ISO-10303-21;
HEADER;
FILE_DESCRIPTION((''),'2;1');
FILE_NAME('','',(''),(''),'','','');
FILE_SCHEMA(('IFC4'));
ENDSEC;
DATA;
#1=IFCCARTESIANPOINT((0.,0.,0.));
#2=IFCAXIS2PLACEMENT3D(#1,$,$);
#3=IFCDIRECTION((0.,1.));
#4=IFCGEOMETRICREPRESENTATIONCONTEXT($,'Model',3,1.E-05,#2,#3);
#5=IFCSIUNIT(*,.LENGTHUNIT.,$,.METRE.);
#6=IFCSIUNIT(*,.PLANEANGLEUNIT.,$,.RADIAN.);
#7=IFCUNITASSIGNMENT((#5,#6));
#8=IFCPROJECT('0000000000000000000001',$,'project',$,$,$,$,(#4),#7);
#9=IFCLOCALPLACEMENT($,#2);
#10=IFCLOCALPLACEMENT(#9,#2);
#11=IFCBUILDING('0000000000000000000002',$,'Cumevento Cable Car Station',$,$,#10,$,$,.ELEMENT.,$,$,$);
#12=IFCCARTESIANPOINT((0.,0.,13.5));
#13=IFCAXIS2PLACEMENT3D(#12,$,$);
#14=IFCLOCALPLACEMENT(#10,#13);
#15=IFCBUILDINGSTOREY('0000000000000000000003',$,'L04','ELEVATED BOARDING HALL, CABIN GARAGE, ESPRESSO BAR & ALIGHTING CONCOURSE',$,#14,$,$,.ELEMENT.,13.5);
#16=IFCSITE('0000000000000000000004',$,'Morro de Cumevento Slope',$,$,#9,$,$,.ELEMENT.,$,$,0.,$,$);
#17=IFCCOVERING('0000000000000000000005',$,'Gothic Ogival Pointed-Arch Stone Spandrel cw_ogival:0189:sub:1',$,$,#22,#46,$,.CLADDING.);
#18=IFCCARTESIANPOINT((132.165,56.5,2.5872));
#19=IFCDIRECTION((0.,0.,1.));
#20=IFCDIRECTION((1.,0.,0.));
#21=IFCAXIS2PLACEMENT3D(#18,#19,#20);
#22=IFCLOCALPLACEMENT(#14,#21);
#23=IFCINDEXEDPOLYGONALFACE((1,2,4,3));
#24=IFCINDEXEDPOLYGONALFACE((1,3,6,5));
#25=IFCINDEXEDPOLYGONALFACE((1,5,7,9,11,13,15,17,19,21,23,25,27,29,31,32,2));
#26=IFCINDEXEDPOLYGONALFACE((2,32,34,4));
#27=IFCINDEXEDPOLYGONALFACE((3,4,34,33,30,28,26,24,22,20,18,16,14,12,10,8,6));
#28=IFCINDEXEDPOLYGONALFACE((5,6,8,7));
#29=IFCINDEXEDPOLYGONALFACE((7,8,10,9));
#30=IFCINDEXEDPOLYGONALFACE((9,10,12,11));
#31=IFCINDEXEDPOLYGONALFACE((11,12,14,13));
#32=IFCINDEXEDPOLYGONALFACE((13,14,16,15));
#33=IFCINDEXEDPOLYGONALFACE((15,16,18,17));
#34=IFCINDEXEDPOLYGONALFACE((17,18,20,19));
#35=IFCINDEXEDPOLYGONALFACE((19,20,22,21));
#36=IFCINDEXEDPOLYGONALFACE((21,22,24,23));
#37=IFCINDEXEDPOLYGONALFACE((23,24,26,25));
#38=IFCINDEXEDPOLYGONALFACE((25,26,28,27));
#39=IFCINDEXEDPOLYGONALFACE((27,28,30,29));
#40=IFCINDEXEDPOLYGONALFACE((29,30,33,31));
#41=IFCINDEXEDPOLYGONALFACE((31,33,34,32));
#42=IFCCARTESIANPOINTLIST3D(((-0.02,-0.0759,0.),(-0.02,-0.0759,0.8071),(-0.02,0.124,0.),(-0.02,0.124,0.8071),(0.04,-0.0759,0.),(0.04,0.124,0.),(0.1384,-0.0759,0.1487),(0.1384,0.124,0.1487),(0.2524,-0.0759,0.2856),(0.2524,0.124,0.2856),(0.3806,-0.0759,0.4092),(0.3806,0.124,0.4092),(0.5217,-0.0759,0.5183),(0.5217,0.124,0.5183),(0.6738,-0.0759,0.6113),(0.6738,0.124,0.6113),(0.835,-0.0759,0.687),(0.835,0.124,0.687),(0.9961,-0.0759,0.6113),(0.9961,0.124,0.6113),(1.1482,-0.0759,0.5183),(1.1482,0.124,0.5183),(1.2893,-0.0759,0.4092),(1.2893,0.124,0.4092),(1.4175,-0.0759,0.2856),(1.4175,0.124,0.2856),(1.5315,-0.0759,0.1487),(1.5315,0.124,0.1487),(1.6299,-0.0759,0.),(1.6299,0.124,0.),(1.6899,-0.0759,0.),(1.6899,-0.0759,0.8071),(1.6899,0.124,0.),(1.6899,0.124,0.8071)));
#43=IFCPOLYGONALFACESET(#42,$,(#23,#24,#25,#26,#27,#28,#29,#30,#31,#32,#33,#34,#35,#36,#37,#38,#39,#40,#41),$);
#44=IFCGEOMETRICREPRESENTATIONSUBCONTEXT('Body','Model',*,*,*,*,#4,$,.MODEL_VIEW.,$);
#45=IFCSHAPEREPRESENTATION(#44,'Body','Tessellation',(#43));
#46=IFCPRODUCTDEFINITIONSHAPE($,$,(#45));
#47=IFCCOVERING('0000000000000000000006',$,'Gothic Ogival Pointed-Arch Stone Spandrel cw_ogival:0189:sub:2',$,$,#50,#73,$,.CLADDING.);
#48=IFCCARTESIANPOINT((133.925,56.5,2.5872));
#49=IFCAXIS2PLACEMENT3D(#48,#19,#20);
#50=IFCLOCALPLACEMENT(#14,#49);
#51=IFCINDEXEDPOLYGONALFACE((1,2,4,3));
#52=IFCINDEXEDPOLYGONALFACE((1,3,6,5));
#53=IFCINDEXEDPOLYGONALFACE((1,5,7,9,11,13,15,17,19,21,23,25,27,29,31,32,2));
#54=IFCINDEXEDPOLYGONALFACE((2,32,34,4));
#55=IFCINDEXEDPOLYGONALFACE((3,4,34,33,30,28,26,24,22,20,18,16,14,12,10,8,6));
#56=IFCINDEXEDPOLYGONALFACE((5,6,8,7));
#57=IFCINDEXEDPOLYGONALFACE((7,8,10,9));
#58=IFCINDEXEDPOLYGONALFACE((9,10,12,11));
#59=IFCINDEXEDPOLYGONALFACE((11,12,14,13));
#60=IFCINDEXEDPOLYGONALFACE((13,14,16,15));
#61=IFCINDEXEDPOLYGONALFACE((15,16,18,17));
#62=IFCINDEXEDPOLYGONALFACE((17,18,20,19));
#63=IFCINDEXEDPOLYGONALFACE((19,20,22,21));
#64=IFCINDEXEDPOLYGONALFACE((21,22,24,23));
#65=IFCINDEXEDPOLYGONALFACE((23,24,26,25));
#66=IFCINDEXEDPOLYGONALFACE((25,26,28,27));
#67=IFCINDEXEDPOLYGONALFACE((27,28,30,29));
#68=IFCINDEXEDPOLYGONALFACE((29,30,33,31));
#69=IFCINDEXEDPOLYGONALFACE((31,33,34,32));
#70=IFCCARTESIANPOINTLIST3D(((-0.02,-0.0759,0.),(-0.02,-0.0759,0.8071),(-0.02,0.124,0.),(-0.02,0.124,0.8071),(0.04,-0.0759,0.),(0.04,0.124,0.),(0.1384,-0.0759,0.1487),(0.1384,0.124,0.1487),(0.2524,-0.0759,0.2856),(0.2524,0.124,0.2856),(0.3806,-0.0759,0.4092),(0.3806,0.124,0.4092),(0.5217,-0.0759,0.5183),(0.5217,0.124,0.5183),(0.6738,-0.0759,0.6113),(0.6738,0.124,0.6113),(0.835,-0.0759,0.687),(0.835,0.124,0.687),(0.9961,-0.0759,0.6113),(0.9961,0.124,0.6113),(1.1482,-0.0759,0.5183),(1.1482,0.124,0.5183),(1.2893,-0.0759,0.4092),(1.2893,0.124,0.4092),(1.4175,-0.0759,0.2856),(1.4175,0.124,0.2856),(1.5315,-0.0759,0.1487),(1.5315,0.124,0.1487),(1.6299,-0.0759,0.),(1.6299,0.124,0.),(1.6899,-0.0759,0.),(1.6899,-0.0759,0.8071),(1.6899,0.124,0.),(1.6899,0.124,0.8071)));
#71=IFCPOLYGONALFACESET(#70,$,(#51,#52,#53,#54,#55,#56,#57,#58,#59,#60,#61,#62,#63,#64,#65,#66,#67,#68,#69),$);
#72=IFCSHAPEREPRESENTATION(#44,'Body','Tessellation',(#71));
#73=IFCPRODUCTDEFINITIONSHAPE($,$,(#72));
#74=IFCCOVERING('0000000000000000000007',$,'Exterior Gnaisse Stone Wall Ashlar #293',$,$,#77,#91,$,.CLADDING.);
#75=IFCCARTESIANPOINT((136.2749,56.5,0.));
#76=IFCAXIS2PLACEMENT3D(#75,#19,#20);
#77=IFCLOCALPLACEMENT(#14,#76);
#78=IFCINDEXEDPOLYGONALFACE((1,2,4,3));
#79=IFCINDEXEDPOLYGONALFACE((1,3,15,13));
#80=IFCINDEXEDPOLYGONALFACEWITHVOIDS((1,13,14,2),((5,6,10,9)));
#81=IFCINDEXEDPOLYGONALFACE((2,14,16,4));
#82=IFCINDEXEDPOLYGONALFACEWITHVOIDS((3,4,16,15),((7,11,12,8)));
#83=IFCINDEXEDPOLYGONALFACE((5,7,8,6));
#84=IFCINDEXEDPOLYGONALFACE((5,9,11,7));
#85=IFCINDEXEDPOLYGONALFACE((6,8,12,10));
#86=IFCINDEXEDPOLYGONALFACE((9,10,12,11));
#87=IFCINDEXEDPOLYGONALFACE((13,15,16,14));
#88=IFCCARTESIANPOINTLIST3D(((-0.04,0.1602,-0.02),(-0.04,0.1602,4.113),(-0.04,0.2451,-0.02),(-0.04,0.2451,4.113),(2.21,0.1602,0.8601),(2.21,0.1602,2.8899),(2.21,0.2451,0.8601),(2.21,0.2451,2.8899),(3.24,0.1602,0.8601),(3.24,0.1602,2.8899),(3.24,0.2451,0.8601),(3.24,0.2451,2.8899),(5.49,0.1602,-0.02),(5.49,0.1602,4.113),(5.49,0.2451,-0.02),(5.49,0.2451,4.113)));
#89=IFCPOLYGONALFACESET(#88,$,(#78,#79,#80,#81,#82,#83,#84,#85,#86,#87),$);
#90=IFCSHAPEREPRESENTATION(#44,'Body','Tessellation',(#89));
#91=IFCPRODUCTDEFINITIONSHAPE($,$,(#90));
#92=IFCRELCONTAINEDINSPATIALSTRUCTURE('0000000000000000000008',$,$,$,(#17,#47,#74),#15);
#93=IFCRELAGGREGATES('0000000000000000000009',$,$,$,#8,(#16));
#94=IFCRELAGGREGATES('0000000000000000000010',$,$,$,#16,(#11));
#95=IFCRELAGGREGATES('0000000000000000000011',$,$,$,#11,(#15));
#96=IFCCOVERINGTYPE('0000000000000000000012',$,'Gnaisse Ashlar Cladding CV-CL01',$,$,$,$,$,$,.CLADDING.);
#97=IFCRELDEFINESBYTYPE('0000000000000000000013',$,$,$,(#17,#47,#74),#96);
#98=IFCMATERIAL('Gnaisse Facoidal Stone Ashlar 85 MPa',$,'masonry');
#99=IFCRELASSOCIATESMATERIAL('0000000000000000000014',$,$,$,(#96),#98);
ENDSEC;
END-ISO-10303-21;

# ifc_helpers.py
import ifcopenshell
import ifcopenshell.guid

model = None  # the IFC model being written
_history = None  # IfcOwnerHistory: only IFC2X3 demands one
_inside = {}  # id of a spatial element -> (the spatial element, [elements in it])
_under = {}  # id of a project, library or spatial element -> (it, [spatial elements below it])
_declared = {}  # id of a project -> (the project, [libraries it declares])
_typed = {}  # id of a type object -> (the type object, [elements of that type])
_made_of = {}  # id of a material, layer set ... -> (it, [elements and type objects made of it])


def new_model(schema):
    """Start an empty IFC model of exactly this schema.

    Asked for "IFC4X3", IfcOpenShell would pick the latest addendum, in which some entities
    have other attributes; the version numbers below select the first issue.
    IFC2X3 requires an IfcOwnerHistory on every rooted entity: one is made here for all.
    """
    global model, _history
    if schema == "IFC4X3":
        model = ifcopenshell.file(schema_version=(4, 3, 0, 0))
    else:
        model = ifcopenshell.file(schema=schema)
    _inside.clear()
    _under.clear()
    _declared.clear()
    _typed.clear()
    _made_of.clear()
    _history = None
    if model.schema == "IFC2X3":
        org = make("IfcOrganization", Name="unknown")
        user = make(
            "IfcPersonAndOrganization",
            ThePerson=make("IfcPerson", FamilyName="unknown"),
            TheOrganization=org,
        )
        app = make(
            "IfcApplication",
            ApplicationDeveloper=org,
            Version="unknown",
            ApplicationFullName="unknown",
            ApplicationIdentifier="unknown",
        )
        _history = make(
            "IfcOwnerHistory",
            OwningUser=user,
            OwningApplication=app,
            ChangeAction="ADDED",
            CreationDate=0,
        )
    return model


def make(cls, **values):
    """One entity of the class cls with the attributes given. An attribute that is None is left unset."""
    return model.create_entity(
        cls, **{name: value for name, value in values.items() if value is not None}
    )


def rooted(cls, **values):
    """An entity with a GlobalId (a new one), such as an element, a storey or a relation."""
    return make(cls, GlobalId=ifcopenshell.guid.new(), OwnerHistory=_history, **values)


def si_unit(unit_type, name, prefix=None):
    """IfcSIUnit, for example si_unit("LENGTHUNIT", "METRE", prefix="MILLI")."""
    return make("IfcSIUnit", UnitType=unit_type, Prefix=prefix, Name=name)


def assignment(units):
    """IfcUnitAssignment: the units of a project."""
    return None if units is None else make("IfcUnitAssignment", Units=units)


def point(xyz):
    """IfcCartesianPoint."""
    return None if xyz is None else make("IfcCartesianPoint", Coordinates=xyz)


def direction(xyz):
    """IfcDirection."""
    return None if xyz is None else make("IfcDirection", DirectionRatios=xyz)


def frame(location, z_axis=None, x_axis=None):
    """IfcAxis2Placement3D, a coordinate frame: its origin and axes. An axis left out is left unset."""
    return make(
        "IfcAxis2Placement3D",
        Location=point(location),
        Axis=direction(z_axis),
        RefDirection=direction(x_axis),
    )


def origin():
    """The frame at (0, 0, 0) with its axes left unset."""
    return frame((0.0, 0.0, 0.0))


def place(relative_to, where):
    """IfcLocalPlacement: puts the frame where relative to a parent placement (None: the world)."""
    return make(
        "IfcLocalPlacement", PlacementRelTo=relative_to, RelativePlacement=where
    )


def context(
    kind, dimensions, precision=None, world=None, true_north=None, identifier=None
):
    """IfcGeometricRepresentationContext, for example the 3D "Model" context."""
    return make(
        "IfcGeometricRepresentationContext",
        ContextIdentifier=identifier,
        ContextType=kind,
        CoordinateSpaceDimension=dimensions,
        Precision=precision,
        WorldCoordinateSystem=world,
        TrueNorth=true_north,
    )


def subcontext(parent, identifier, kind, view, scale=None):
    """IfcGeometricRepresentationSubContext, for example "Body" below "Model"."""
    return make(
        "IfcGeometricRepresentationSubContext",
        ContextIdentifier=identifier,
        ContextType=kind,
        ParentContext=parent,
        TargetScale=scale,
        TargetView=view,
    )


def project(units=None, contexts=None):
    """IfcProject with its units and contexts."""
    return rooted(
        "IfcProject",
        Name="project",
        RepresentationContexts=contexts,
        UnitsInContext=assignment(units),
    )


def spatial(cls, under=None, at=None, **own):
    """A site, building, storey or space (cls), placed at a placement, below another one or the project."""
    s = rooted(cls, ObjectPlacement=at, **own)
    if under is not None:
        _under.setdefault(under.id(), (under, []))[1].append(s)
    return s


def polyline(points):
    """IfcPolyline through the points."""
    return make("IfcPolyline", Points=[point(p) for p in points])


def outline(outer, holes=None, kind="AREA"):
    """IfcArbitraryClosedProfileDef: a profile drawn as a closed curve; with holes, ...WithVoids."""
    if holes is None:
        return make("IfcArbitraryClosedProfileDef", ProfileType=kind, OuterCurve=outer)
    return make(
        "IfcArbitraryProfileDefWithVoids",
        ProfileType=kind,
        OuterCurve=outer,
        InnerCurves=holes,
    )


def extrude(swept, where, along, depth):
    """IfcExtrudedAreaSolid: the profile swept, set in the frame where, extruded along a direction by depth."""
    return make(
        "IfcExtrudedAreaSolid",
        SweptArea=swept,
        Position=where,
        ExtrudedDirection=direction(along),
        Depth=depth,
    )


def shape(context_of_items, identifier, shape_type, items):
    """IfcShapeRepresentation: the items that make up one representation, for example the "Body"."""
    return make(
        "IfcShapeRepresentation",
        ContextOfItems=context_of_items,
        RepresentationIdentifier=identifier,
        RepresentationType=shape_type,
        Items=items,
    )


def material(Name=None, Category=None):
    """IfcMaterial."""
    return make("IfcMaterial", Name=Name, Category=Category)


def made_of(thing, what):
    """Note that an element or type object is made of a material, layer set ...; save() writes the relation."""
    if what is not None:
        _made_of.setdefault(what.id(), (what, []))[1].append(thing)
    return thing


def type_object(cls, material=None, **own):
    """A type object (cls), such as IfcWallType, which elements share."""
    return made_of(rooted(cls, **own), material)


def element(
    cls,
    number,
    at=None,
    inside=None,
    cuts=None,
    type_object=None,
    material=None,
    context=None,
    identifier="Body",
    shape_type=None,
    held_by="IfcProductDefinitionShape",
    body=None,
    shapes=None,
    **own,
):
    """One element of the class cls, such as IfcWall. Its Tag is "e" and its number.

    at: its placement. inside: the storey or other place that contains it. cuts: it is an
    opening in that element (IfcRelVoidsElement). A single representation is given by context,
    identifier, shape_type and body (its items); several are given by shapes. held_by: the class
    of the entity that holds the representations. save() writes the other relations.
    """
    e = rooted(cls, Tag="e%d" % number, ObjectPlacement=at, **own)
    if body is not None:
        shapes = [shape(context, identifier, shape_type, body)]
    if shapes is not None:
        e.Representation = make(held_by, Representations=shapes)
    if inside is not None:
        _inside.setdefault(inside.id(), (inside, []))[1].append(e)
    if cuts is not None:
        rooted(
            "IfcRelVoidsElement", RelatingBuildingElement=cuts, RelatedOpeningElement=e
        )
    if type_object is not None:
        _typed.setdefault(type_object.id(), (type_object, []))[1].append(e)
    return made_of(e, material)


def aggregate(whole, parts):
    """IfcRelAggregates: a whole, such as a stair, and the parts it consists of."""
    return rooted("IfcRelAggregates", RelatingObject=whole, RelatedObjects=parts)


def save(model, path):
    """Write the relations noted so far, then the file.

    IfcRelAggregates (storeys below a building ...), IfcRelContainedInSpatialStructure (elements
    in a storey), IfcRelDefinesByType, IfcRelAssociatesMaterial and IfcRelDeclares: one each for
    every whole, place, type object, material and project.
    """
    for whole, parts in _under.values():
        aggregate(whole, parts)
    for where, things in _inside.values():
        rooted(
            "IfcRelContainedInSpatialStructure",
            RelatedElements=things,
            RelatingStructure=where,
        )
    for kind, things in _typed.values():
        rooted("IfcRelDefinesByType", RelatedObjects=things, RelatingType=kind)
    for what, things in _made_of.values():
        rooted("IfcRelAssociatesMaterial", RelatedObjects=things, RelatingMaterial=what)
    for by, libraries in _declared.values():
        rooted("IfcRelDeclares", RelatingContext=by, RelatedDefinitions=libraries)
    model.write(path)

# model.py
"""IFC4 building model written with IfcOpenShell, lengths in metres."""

from ifc_helpers import new_model, si_unit, direction, frame, origin, place, context, subcontext, project, spatial, polyline, outline, extrude, material, type_object, element, save


model = new_model("IFC4")

# Units and contexts
model_context = context("Model", 3, precision=1e-05, world=origin(), true_north=direction((0.0, 1.0)))
body_context = subcontext(model_context, "Body", "Model", "MODEL_VIEW")
ifc_project = project(units=[si_unit("LENGTHUNIT", "METRE"), si_unit("PLANEANGLEUNIT", "RADIAN")], contexts=[model_context])

# Site, building, storey
site_placement = place(None, origin())
site = spatial("IfcSite", under=ifc_project, at=site_placement, Name="Morro de Cumevento Slope", CompositionType="ELEMENT", RefElevation=0.0)
building_placement = place(site_placement, origin())
building = spatial("IfcBuilding", under=site, at=building_placement, Name="Cumevento Cable Car Station", CompositionType="ELEMENT")
storey_placement = place(building_placement, frame((0.0, 0.0, 13.5)))
storey = spatial("IfcBuildingStorey", under=building, at=storey_placement, Name="L04", Description="ELEVATED BOARDING HALL, CABIN GARAGE, ESPRESSO BAR & ALIGHTING CONCOURSE", CompositionType="ELEMENT", Elevation=13.5)

# Coverings
ifc_material_1 = material(Name="Gnaisse Facoidal Stone Ashlar 85 MPa", Category="masonry")
covering_type = type_object("IfcCoveringType", Name="Gnaisse Ashlar Cladding CV-CL01", PredefinedType="CLADDING", material=ifc_material_1)
for number, where, z_axis, x_axis, name in (
    (1, (132.165, 56.5, 2.5872), (0.0, 0.0, 1.0), (1.0, 0.0, 0.0), "Gothic Ogival Pointed-Arch Stone Spandrel cw_ogival:0189:sub:1"),
    (2, (133.925, 56.5, 2.5872), (0.0, 0.0, 1.0), (1.0, 0.0, 0.0), "Gothic Ogival Pointed-Arch Stone Spandrel cw_ogival:0189:sub:2"),
):
    element("IfcCovering", number, at=place(storey_placement, frame(where, z_axis=z_axis, x_axis=x_axis)), inside=storey, type_object=covering_type, Name=name, PredefinedType="CLADDING", context=body_context, shape_type="SweptSolid", body=[
        extrude(outline(polyline([(-0.02, 0.0), (-0.02, 0.8071), (1.6899, 0.8071), (1.6899, 0.0), (1.6299, 0.0), (1.5315, 0.1487), (1.4175, 0.2856), (1.2893, 0.4092), (1.1482, 0.5183), (0.9961, 0.6113), (0.835, 0.687), (0.6738, 0.6113), (0.5217, 0.5183), (0.3806, 0.4092), (0.2524, 0.2856), (0.1384, 0.1487), (0.04, 0.0), (-0.02, 0.0)])), frame((0.0, 0.124, 0.0), z_axis=(0.0, -1.0, 0.0), x_axis=(1.0, 0.0, 0.0)), (0.0, 0.0, 1.0), 0.2),
    ])
covering_1_placement = place(storey_placement, frame((136.2749, 56.5, 0.0), z_axis=(0.0, 0.0, 1.0), x_axis=(1.0, 0.0, 0.0)))
element("IfcCovering", 3, at=covering_1_placement, inside=storey, type_object=covering_type, Name="Exterior Gnaisse Stone Wall Ashlar #293", PredefinedType="CLADDING", context=body_context, shape_type="SweptSolid", body=[
    extrude(outline(polyline([(-0.04, -0.02), (5.49, -0.02), (5.49, 4.113), (-0.04, 4.113), (-0.04, -0.02)]), holes=[polyline([(2.21, 0.8601), (3.24, 0.8601), (3.24, 2.8899), (2.21, 2.8899), (2.21, 0.8601)])]), frame((0.0, 0.2451, 0.0), z_axis=(0.0, -1.0, 0.0), x_axis=(1.0, 0.0, 0.0)), (0.0, 0.0, 1.0), 0.085),
])

save(model, "model.ifc")
